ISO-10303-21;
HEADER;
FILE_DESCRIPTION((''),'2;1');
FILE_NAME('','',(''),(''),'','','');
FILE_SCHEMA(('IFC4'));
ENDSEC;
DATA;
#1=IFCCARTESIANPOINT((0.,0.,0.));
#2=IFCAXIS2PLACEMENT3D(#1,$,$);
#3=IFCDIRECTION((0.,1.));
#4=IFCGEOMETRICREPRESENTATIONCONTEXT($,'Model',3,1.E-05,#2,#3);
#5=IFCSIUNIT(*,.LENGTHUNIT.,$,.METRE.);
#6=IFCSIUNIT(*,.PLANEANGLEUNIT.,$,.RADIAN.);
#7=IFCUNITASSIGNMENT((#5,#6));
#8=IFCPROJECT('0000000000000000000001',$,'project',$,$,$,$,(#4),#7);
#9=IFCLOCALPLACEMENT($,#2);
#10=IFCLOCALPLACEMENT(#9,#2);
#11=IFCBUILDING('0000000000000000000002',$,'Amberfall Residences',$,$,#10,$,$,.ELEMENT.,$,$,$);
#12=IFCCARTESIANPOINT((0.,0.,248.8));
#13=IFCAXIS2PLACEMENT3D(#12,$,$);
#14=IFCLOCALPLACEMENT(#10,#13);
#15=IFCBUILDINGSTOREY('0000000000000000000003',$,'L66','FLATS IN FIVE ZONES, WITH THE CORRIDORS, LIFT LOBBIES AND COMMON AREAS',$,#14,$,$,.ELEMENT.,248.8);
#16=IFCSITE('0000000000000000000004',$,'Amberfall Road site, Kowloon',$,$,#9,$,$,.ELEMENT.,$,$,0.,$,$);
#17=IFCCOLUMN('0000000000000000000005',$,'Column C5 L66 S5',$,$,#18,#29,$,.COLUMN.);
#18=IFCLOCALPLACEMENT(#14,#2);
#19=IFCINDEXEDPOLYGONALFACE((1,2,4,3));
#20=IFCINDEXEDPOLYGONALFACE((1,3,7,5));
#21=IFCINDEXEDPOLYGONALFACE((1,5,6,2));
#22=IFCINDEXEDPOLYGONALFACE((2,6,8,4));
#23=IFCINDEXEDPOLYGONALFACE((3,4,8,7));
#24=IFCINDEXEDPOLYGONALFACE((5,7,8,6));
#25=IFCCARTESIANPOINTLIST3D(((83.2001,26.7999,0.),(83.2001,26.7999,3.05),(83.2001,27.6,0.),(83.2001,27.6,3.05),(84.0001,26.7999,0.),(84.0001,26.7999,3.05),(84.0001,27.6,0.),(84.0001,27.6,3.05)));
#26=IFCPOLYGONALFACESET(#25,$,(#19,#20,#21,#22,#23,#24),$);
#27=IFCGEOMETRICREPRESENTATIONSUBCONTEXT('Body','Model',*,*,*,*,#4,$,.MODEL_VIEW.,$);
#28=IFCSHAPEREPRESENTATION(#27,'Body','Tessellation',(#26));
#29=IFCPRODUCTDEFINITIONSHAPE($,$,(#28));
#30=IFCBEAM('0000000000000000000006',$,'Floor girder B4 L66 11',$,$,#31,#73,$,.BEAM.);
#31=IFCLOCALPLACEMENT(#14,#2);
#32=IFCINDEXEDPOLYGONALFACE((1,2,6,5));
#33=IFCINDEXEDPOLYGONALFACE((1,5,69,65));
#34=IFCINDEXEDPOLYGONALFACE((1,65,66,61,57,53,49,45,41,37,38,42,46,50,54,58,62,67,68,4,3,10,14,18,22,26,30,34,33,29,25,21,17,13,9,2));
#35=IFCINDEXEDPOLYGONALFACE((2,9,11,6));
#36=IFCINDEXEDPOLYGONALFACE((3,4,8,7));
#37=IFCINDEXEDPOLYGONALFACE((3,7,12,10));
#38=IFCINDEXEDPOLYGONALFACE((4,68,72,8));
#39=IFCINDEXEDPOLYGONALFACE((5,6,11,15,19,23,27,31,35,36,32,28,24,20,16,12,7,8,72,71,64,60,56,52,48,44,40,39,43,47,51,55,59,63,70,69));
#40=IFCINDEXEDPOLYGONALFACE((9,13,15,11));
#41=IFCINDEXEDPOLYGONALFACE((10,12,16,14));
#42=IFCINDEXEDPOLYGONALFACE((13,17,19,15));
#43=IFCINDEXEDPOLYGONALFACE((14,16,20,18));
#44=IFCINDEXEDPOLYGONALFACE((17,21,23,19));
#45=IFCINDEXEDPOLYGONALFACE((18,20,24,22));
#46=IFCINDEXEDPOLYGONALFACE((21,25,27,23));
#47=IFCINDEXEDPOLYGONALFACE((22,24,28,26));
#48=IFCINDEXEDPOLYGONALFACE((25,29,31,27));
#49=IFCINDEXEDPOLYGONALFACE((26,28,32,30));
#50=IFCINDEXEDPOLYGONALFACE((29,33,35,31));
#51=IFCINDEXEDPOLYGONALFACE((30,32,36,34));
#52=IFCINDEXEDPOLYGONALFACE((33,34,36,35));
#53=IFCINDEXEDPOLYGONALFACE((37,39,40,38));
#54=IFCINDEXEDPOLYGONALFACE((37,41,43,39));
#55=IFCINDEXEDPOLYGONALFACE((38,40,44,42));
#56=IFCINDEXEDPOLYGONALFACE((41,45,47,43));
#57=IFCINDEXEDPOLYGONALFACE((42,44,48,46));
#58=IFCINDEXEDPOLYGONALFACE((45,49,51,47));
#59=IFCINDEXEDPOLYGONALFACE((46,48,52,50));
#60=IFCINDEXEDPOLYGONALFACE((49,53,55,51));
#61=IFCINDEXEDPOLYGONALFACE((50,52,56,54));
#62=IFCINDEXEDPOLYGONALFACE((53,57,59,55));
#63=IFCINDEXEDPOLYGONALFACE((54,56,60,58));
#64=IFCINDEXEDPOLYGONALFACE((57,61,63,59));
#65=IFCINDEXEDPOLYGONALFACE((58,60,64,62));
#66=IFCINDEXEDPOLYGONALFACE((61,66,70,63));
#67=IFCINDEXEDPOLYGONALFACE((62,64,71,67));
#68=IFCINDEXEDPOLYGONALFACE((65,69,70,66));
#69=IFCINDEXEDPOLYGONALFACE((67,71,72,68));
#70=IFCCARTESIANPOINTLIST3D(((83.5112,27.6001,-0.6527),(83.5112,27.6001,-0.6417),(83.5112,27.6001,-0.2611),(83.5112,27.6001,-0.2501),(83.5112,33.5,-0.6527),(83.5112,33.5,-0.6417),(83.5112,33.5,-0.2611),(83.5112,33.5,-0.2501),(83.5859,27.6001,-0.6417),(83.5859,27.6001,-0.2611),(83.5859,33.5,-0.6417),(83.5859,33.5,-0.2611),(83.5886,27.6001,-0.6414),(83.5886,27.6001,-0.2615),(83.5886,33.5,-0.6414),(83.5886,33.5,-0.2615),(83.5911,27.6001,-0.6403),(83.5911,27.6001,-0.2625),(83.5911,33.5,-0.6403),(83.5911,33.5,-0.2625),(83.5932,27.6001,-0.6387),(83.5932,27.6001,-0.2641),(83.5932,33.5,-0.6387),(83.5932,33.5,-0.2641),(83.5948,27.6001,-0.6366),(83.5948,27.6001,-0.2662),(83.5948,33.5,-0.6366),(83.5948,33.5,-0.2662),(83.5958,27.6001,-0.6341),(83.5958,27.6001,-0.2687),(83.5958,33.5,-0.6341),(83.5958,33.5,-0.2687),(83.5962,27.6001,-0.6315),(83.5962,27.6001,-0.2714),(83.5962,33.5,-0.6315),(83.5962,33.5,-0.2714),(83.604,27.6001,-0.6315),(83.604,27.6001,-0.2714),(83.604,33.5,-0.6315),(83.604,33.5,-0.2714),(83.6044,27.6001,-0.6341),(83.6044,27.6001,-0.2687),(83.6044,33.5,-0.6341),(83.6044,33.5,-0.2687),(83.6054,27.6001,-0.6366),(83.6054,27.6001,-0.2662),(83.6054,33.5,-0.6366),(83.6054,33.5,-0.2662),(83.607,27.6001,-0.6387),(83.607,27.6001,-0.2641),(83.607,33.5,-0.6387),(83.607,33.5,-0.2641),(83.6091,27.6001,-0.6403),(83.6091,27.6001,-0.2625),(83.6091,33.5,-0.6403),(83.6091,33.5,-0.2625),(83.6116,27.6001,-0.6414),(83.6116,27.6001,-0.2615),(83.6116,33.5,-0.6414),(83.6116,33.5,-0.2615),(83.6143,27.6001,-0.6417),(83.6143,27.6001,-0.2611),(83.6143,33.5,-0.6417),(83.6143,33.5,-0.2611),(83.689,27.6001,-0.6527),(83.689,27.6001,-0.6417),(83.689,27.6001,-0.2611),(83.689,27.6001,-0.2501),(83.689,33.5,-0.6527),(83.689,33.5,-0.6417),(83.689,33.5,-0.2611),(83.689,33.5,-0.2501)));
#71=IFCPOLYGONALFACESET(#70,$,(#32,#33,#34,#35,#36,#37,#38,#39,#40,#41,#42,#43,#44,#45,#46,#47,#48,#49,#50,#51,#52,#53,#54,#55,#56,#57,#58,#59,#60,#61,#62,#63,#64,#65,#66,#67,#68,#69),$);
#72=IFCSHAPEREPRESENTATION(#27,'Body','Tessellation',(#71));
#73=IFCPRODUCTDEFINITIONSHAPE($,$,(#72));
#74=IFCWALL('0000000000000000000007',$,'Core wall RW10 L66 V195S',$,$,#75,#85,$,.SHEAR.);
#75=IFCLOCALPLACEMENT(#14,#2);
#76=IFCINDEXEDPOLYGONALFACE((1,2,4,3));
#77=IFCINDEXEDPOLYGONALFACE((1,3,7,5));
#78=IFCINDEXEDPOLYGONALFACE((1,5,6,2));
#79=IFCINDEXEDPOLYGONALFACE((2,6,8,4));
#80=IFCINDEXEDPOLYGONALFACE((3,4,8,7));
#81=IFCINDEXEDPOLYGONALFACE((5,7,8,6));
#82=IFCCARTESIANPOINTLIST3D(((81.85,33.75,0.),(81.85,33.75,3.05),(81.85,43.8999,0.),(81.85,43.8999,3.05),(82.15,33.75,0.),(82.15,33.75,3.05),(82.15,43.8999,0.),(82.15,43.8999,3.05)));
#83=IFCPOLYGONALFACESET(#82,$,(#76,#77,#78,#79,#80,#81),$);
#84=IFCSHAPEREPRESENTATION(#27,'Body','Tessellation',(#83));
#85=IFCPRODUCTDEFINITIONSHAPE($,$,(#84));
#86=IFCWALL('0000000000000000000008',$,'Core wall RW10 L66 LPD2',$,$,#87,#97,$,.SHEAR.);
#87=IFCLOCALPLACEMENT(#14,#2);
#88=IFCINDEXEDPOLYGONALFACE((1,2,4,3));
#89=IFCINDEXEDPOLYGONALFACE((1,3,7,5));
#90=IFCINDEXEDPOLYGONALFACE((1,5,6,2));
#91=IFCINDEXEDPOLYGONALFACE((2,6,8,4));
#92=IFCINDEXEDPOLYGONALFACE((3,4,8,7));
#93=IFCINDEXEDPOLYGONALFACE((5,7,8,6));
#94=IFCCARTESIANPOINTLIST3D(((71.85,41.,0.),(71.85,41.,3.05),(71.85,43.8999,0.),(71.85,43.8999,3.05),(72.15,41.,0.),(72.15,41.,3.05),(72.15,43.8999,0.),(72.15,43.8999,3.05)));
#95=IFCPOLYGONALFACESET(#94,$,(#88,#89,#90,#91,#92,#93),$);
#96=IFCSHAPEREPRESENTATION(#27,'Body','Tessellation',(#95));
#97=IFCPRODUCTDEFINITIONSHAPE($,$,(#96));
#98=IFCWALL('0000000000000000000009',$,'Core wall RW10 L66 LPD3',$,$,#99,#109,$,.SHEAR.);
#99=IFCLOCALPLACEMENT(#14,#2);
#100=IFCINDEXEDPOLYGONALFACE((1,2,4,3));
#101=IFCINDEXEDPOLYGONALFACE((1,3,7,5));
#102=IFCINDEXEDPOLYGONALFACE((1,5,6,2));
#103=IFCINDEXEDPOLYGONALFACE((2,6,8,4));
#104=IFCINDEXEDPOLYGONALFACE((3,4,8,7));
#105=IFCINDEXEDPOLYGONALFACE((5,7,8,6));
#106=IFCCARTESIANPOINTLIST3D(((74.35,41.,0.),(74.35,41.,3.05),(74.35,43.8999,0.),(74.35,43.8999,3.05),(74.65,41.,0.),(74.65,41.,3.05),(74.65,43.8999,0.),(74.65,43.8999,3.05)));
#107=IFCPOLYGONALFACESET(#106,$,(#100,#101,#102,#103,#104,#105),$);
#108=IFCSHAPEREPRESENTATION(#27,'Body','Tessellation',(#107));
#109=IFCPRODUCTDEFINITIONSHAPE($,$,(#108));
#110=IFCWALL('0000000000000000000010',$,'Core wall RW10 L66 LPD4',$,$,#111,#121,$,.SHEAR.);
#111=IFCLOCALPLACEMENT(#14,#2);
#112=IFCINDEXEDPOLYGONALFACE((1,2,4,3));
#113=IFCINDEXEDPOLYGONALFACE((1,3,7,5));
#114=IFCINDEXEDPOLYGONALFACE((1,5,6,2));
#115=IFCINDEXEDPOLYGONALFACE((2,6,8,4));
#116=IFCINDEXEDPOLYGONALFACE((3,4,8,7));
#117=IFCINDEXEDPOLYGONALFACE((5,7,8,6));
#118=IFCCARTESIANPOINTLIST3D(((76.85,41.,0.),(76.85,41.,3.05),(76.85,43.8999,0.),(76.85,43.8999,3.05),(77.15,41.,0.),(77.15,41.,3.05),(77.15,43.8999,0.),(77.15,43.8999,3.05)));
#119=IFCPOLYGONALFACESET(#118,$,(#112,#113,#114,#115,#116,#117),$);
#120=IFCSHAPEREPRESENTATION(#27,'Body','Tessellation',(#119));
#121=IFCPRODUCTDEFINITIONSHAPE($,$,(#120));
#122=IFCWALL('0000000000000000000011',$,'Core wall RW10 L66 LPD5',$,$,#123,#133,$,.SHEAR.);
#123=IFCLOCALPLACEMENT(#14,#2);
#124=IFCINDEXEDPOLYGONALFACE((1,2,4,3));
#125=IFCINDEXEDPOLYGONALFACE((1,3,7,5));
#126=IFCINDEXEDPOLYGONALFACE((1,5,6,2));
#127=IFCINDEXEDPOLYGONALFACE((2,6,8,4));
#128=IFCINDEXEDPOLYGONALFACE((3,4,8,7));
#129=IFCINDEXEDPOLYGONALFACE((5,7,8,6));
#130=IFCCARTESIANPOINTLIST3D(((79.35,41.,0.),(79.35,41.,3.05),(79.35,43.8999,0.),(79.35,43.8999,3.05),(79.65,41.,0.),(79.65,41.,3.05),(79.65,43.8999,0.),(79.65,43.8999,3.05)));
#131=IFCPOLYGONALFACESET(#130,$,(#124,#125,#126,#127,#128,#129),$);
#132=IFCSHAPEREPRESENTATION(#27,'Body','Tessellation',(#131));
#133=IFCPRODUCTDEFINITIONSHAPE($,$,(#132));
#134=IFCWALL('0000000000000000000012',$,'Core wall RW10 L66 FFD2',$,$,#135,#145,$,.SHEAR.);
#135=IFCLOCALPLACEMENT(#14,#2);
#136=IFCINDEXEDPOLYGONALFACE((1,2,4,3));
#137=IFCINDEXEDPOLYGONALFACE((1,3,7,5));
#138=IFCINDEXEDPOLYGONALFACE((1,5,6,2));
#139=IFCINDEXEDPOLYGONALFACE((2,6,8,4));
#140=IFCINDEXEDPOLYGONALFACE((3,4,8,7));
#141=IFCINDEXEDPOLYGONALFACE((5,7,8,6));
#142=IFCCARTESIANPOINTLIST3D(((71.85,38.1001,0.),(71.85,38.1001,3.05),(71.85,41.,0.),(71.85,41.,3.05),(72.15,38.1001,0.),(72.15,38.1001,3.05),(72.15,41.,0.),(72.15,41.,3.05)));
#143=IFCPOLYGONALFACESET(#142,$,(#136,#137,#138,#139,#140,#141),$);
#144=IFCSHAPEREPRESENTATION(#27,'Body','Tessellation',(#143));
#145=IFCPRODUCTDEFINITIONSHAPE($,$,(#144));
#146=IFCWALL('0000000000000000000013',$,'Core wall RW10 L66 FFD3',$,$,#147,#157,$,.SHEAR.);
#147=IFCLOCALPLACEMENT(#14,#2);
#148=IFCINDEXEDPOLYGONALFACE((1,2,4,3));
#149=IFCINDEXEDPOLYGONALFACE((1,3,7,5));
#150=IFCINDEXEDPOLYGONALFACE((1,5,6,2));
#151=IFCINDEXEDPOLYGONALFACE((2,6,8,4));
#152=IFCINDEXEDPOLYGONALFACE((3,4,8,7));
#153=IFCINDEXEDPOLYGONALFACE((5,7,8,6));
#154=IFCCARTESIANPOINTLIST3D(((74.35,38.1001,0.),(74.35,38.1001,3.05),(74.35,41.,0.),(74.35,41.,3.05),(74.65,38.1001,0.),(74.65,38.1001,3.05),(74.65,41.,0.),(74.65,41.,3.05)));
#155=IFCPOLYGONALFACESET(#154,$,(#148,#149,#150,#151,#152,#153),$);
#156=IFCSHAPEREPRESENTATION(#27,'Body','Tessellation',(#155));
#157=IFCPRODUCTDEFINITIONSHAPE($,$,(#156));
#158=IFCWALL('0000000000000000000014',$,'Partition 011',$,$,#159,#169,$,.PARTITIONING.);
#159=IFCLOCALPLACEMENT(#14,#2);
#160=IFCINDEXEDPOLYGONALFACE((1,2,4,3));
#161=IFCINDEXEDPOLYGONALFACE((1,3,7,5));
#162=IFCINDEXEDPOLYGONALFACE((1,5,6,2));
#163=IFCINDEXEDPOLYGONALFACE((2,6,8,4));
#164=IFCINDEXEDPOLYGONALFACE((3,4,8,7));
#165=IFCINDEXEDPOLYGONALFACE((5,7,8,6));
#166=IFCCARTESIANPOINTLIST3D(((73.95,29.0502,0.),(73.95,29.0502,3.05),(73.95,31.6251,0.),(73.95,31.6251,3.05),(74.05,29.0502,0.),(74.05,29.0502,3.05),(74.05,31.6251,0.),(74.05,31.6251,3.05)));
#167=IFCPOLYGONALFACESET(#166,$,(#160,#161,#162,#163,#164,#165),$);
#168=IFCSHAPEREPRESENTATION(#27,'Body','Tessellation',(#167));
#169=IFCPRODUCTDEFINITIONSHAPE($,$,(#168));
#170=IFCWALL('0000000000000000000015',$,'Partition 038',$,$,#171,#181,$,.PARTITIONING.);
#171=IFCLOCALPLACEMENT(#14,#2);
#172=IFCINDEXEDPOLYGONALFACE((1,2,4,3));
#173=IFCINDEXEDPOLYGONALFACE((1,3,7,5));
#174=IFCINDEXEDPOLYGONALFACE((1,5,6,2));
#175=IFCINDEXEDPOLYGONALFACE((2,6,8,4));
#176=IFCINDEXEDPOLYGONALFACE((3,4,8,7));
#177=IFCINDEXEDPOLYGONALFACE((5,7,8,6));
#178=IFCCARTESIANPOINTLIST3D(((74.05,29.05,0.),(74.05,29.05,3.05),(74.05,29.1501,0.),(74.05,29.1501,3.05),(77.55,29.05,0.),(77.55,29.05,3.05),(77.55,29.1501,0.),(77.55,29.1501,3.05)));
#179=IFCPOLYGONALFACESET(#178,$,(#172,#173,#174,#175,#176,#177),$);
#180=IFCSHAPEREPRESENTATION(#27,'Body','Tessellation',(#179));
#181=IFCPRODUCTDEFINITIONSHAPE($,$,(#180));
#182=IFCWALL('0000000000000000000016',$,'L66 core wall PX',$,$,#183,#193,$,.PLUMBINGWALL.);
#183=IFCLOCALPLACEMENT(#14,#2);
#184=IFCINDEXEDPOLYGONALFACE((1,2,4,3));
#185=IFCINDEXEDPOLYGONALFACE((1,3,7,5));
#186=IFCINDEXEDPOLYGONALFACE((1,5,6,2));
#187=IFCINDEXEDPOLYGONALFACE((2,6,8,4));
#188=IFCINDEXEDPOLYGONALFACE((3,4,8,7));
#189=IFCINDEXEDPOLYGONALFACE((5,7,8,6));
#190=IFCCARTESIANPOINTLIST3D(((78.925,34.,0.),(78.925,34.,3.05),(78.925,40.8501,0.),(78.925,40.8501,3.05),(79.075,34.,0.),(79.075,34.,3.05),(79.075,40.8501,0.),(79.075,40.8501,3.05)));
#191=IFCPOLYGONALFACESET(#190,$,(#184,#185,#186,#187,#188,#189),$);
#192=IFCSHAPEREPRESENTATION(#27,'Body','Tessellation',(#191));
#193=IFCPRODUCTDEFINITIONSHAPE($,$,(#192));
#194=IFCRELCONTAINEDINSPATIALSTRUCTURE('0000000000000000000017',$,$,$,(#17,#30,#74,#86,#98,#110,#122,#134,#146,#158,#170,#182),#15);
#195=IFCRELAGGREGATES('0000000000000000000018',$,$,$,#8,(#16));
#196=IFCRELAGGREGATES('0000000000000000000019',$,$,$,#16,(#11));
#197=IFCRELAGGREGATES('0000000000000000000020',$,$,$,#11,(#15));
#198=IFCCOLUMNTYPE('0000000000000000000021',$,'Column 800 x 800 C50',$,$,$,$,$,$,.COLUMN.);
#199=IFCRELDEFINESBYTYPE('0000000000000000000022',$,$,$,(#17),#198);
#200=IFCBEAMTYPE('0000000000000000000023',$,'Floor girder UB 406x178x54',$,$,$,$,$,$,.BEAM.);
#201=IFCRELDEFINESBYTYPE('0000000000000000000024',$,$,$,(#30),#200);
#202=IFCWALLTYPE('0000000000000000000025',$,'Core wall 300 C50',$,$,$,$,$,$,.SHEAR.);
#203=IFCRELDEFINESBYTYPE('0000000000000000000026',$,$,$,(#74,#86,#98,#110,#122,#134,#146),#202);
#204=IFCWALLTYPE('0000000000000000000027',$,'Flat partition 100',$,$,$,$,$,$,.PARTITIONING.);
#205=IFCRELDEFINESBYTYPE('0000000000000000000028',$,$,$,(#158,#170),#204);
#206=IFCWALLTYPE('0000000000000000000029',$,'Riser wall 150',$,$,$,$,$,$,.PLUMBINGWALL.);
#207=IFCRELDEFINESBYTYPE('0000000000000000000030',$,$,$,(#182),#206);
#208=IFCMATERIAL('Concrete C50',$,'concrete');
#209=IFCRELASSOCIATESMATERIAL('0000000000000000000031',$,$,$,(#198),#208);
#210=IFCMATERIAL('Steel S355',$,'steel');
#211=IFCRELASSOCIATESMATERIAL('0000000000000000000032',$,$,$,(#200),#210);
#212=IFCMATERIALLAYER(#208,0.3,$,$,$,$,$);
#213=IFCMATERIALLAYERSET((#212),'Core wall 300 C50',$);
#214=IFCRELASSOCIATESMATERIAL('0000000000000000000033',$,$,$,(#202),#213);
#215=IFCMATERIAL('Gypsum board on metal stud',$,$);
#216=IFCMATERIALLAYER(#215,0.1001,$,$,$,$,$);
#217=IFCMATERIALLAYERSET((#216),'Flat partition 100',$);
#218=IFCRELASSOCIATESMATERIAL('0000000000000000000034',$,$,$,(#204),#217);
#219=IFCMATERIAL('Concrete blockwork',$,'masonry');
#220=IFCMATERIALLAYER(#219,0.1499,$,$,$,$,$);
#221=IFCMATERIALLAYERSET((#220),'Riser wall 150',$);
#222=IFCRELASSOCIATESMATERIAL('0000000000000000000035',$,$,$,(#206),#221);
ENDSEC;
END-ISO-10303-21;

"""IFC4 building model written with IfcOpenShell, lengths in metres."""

from ifc_helpers import new_model, si_unit, direction, frame, frame_2d, origin, origin_2d, place, context, subcontext, project, spatial, rectangle, i_section, extrude, material, layer, layer_set, material_profile, profile_set, type_object, element, save


model = new_model("IFC4")

# Units and contexts
model_context = context("Model", 3, precision=1e-05, world=origin(), true_north=direction((0.0, 1.0)))
body_context = subcontext(model_context, "Body", "Model", "MODEL_VIEW")
ifc_project = project(units=[si_unit("LENGTHUNIT", "METRE"), si_unit("PLANEANGLEUNIT", "RADIAN")], contexts=[model_context])

# Site, building, storey
site_placement = place(None, origin())
site = spatial("IfcSite", under=ifc_project, at=site_placement, Name="Amberfall Road site, Kowloon", CompositionType="ELEMENT", RefElevation=0.0)
building_placement = place(site_placement, origin())
building = spatial("IfcBuilding", under=site, at=building_placement, Name="Amberfall Residences", CompositionType="ELEMENT")
storey_placement = place(building_placement, frame((0.0, 0.0, 248.8)))
storey = spatial("IfcBuildingStorey", under=building, at=storey_placement, Name="L66", Description="FLATS IN FIVE ZONES, WITH THE CORRIDORS, LIFT LOBBIES AND COMMON AREAS", CompositionType="ELEMENT", Elevation=248.8)

# Column
ifc_material_1 = material(Name="Concrete C50", Category="concrete")
ifc_material_profile_1 = material_profile(ifc_material_1, rectangle(XDim=0.8, YDim=0.8, at=origin_2d()), Name="Column 800 x 800 C50")
ifc_profile_set_1 = profile_set([ifc_material_profile_1], Name="Concrete C50")
column_type = type_object("IfcColumnType", Name="Column 800 x 800 C50", PredefinedType="COLUMN", material=ifc_profile_set_1)
column_placement = place(storey_placement, frame((83.6001, 27.2, 0.0), z_axis=(0.0, 0.0, 1.0), x_axis=(1.0, 0.0, 0.0)))
element("IfcColumn", 1, at=column_placement, inside=storey, type_object=column_type, Name="Column C5 L66 S5", PredefinedType="COLUMN", context=body_context, shape_type="SweptSolid", body=[
    extrude(rectangle(XDim=0.8, YDim=0.8, at=origin_2d()), origin(), (0.0, 0.0, 1.0), 3.05),
])

# Beam
ifc_material_2 = material(Name="Steel S355", Category="steel")
ifc_material_profile_2 = material_profile(ifc_material_2, i_section(OverallWidth=0.1777, OverallDepth=0.4026, WebThickness=0.0078, FlangeThickness=0.011, FilletRadius=0.0103, at=origin_2d()), Name="UB 406x178x54")
ifc_profile_set_2 = profile_set([ifc_material_profile_2], Name="Steel S355")
beam_type = type_object("IfcBeamType", Name="Floor girder UB 406x178x54", PredefinedType="BEAM", material=ifc_profile_set_2)
beam_placement = place(storey_placement, frame((83.6001, 27.6001, -0.4514), z_axis=(0.0, 1.0, 0.0), x_axis=(-1.0, 0.0, 0.0)))
element("IfcBeam", 2, at=beam_placement, inside=storey, type_object=beam_type, Name="Floor girder B4 L66 11", PredefinedType="BEAM", context=body_context, shape_type="SweptSolid", body=[
    extrude(i_section(OverallWidth=0.1777, OverallDepth=0.4026, WebThickness=0.0078, FlangeThickness=0.011, FilletRadius=0.0103, at=origin_2d()), origin(), (0.0, 0.0, 1.0), 5.8999),
])

# Walls
ifc_layer_1 = layer(ifc_material_1, 0.3)
ifc_layer_set_1 = layer_set([ifc_layer_1], Name="Core wall 300 C50")
wall_type_1 = type_object("IfcWallType", Name="Core wall 300 C50", PredefinedType="SHEAR", material=ifc_layer_set_1)
wall_1_placement = place(storey_placement, frame((82.0, 33.75, 0.0), z_axis=(0.0, 0.0, 1.0), x_axis=(0.0, 1.0, 0.0)))
element("IfcWall", 3, at=wall_1_placement, inside=storey, type_object=wall_type_1, Name="Core wall RW10 L66 V195S", PredefinedType="SHEAR", context=body_context, shape_type="SweptSolid", body=[
    extrude(rectangle(XDim=10.1499, YDim=0.3, at=frame_2d((5.075, 0.0))), origin(), (0.0, 0.0, 1.0), 3.05),
])
for number, where, z_axis, x_axis, name in (
    (4, (72.0, 41.0, 0.0), (0.0, 0.0, 1.0), (0.0, 1.0, 0.0), "Core wall RW10 L66 LPD2"),
    (5, (74.5, 41.0, 0.0), (0.0, 0.0, 1.0), (0.0, 1.0, 0.0), "Core wall RW10 L66 LPD3"),
    (6, (77.0, 41.0, 0.0), (0.0, 0.0, 1.0), (0.0, 1.0, 0.0), "Core wall RW10 L66 LPD4"),
    (7, (79.5, 41.0, 0.0), (0.0, 0.0, 1.0), (0.0, 1.0, 0.0), "Core wall RW10 L66 LPD5"),
    (8, (72.0, 38.1001, 0.0), (0.0, 0.0, 1.0), (0.0, 1.0, 0.0), "Core wall RW10 L66 FFD2"),
    (9, (74.5, 38.1001, 0.0), (0.0, 0.0, 1.0), (0.0, 1.0, 0.0), "Core wall RW10 L66 FFD3"),
):
    element("IfcWall", number, at=place(storey_placement, frame(where, z_axis=z_axis, x_axis=x_axis)), inside=storey, type_object=wall_type_1, Name=name, PredefinedType="SHEAR", context=body_context, shape_type="SweptSolid", body=[
        extrude(rectangle(XDim=2.8999, YDim=0.3, at=frame_2d((1.45, 0.0))), origin(), (0.0, 0.0, 1.0), 3.05),
    ])
ifc_material_3 = material(Name="Gypsum board on metal stud")
ifc_layer_2 = layer(ifc_material_3, 0.1001)
ifc_layer_set_2 = layer_set([ifc_layer_2], Name="Flat partition 100")
wall_type_2 = type_object("IfcWallType", Name="Flat partition 100", PredefinedType="PARTITIONING", material=ifc_layer_set_2)
wall_2_placement = place(storey_placement, frame((74.0, 29.05, 0.0), z_axis=(0.0, 0.0, 1.0), x_axis=(0.0, 1.0, 0.0)))
element("IfcWall", 10, at=wall_2_placement, inside=storey, type_object=wall_type_2, Name="Partition 011", PredefinedType="PARTITIONING", context=body_context, shape_type="SweptSolid", body=[
    extrude(rectangle(XDim=2.575, YDim=0.1001, at=frame_2d((1.2876, 0.0))), origin(), (0.0, 0.0, 1.0), 3.05),
])
wall_3_placement = place(storey_placement, frame((74.05, 29.1001, 0.0), z_axis=(0.0, 0.0, 1.0), x_axis=(1.0, 0.0, 0.0)))
element("IfcWall", 11, at=wall_3_placement, inside=storey, type_object=wall_type_2, Name="Partition 038", PredefinedType="PARTITIONING", context=body_context, shape_type="SweptSolid", body=[
    extrude(rectangle(XDim=3.5, YDim=0.1001, at=frame_2d((1.75, 0.0))), origin(), (0.0, 0.0, 1.0), 3.05),
])
ifc_material_4 = material(Name="Concrete blockwork", Category="masonry")
ifc_layer_3 = layer(ifc_material_4, 0.1499)
ifc_layer_set_3 = layer_set([ifc_layer_3], Name="Riser wall 150")
wall_type_3 = type_object("IfcWallType", Name="Riser wall 150", PredefinedType="PLUMBINGWALL", material=ifc_layer_set_3)
wall_4_placement = place(storey_placement, frame((79.0, 34.0, 0.0), z_axis=(0.0, 0.0, 1.0), x_axis=(0.0, 1.0, 0.0)))
element("IfcWall", 12, at=wall_4_placement, inside=storey, type_object=wall_type_3, Name="L66 core wall PX", PredefinedType="PLUMBINGWALL", context=body_context, shape_type="SweptSolid", body=[
    extrude(rectangle(XDim=6.8501, YDim=0.1499, at=frame_2d((3.425, 0.0))), origin(), (0.0, 0.0, 1.0), 3.05),
])

save(model, "model.ifc")
